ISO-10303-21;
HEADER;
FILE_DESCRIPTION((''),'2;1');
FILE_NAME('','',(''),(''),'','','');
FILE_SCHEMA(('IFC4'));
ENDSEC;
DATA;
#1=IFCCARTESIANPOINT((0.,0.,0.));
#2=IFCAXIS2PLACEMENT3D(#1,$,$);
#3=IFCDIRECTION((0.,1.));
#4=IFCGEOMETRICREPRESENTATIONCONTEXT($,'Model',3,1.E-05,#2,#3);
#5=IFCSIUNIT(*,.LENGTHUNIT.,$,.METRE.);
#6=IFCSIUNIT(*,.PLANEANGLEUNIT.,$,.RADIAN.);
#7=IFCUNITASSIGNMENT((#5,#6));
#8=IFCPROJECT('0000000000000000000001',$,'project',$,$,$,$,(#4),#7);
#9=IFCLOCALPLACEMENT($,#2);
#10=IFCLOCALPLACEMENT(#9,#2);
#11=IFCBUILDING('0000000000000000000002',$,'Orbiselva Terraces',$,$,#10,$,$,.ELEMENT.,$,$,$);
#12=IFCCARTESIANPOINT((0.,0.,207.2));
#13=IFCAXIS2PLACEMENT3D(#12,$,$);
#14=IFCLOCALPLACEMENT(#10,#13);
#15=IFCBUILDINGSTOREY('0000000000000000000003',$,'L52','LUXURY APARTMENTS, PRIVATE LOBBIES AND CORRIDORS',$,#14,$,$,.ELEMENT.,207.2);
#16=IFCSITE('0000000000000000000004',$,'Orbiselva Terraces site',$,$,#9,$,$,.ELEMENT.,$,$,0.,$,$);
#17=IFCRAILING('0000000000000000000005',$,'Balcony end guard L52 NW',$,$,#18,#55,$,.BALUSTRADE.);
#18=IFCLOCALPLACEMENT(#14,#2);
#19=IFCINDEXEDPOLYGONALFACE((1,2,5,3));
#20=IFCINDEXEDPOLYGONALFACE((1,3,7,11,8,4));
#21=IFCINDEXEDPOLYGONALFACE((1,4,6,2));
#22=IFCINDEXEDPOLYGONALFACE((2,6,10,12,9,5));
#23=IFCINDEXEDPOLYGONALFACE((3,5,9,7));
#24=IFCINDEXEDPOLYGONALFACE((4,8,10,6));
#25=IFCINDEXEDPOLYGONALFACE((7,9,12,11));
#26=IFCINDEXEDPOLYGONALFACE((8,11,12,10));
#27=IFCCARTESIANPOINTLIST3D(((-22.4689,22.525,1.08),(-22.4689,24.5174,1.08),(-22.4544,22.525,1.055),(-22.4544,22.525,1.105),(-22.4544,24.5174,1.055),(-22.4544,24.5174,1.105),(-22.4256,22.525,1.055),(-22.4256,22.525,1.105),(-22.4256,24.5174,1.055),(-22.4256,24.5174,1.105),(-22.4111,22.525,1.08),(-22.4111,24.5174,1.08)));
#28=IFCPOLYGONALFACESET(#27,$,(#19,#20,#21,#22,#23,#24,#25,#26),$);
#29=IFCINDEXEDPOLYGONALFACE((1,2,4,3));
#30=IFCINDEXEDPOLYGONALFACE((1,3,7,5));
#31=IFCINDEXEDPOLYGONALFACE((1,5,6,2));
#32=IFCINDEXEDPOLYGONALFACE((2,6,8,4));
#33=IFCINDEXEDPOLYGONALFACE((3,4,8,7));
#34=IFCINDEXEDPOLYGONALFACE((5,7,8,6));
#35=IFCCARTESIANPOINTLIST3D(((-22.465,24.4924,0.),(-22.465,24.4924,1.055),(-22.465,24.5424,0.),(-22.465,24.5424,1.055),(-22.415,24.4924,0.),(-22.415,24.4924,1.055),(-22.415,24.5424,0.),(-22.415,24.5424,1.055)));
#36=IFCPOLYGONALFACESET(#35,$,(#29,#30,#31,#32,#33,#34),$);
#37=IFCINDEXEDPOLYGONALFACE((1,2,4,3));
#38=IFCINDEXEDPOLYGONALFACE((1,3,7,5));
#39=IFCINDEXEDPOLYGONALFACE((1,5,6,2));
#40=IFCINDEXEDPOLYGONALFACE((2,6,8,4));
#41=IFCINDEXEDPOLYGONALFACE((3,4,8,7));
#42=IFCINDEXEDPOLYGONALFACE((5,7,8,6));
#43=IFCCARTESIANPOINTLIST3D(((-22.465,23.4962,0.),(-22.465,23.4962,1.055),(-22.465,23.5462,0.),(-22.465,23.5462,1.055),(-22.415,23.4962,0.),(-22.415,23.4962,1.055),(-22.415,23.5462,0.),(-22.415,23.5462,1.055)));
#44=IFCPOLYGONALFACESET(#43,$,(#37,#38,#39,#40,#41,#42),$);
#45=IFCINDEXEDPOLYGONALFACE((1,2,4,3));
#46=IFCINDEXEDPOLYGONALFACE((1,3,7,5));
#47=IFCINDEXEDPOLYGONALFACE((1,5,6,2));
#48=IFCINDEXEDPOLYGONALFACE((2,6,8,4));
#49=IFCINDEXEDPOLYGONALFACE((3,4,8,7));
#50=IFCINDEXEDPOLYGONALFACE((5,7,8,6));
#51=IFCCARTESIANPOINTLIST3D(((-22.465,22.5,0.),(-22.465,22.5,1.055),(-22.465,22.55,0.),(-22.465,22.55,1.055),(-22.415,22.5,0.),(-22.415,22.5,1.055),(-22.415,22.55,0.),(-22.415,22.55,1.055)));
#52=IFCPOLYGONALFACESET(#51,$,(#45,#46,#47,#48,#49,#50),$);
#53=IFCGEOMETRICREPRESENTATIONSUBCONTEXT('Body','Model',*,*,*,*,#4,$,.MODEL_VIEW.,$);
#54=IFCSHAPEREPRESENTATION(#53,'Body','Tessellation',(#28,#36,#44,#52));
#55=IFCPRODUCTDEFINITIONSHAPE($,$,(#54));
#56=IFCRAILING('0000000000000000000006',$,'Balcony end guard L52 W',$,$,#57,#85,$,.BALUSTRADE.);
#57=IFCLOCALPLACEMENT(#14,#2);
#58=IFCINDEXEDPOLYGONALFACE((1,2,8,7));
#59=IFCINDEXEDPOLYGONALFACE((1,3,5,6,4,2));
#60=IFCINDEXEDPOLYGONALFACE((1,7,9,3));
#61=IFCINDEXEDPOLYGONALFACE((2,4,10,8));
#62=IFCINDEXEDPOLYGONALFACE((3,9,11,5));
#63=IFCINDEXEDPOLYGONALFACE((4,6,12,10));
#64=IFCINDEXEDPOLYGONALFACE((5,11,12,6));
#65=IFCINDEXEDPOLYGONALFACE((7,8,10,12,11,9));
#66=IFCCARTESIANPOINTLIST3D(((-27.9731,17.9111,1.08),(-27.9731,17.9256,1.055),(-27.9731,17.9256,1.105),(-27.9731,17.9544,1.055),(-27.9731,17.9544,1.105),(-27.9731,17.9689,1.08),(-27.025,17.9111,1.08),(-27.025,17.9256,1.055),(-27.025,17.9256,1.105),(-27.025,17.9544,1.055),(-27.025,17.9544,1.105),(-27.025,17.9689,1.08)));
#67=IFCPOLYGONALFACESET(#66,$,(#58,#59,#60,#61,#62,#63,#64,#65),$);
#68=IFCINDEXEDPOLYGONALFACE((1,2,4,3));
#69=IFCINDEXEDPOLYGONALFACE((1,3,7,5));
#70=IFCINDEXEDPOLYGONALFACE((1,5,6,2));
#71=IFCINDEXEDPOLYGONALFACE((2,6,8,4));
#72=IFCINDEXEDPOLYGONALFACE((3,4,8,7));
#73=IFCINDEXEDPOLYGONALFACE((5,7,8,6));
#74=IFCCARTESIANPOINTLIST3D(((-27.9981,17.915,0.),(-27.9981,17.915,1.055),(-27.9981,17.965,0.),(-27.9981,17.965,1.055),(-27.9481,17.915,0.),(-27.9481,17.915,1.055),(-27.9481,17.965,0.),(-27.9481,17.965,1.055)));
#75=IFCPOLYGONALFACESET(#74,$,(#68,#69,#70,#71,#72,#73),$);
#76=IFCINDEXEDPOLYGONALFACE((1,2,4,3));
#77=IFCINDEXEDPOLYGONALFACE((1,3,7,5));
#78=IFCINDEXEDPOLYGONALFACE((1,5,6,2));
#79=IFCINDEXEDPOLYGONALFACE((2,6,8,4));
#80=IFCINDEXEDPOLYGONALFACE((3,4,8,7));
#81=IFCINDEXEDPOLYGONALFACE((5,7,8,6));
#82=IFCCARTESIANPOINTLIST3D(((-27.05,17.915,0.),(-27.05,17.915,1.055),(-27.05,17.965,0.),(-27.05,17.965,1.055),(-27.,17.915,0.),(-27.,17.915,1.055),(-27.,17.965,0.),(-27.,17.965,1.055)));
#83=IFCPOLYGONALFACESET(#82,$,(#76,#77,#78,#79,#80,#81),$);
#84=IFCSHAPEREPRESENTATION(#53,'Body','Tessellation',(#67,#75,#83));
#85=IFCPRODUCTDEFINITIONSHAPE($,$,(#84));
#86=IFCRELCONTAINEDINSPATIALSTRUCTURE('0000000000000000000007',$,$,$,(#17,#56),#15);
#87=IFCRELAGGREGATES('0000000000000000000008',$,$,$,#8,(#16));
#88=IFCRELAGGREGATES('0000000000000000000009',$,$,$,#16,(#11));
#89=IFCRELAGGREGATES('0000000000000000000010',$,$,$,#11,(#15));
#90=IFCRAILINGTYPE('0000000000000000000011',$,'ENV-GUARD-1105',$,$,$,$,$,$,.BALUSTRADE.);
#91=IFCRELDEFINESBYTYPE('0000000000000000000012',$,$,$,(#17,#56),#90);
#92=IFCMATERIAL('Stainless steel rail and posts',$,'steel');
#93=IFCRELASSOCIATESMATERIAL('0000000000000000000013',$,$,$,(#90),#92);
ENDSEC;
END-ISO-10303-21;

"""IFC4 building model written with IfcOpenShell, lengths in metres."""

from ifc_helpers import new_model, si_unit, direction, frame, origin, origin_2d, place, context, subcontext, project, spatial, polyline, rectangle, outline, extrude, material, type_object, element, save


model = new_model("IFC4")

# Units and contexts
model_context = context("Model", 3, precision=1e-05, world=origin(), true_north=direction((0.0, 1.0)))
body_context = subcontext(model_context, "Body", "Model", "MODEL_VIEW")
ifc_project = project(units=[si_unit("LENGTHUNIT", "METRE"), si_unit("PLANEANGLEUNIT", "RADIAN")], contexts=[model_context])

# Site, building, storey
site_placement = place(None, origin())
site = spatial("IfcSite", under=ifc_project, at=site_placement, Name="Orbiselva Terraces site", CompositionType="ELEMENT", RefElevation=0.0)
building_placement = place(site_placement, origin())
building = spatial("IfcBuilding", under=site, at=building_placement, Name="Orbiselva Terraces", CompositionType="ELEMENT")
storey_placement = place(building_placement, frame((0.0, 0.0, 207.2)))
storey = spatial("IfcBuildingStorey", under=building, at=storey_placement, Name="L52", Description="LUXURY APARTMENTS, PRIVATE LOBBIES AND CORRIDORS", CompositionType="ELEMENT", Elevation=207.2)

# Railings
ifc_material_1 = material(Name="Stainless steel rail and posts", Category="steel")
railing_type_1 = type_object("IfcRailingType", Name="ENV-GUARD-1105", PredefinedType="BALUSTRADE", material=ifc_material_1)
railing_1_placement = place(storey_placement, frame((-22.44, 24.5174, 0.0)))
element("IfcRailing", 1, at=railing_1_placement, inside=storey, type_object=railing_type_1, Name="Balcony end guard L52 NW", PredefinedType="BALUSTRADE", context=body_context, shape_type="SweptSolid", body=[
    extrude(outline(polyline([(0.0289, 0.0), (0.0144, 0.025), (-0.0144, 0.025), (-0.0289, 0.0), (-0.0144, -0.025), (0.0144, -0.025), (0.0289, 0.0)])), frame((0.0, 0.0, 1.08), z_axis=(0.0, -1.0, 0.0), x_axis=(1.0, 0.0, 0.0)), (0.0, 0.0, 1.0), 1.9924),
    extrude(rectangle(XDim=0.05, YDim=0.05, at=origin_2d()), origin(), (0.0, 0.0, 1.0), 1.055),
    extrude(rectangle(XDim=0.05, YDim=0.05, at=origin_2d()), frame((0.0, -0.9962, 0.0)), (0.0, 0.0, 1.0), 1.055),
    extrude(rectangle(XDim=0.05, YDim=0.05, at=origin_2d()), frame((0.0, -1.9924, 0.0)), (0.0, 0.0, 1.0), 1.055),
])
railing_2_placement = place(storey_placement, frame((-27.9731, 17.94, 0.0)))
element("IfcRailing", 2, at=railing_2_placement, inside=storey, type_object=railing_type_1, Name="Balcony end guard L52 W", PredefinedType="BALUSTRADE", context=body_context, shape_type="SweptSolid", body=[
    extrude(outline(polyline([(0.0289, 0.0), (0.0144, 0.025), (-0.0144, 0.025), (-0.0289, 0.0), (-0.0144, -0.025), (0.0144, -0.025), (0.0289, 0.0)])), frame((0.0, 0.0, 1.08), z_axis=(1.0, 0.0, 0.0), x_axis=(0.0, 1.0, 0.0)), (0.0, 0.0, 1.0), 0.9481),
    extrude(rectangle(XDim=0.05, YDim=0.05, at=origin_2d()), origin(), (0.0, 0.0, 1.0), 1.055),
    extrude(rectangle(XDim=0.05, YDim=0.05, at=origin_2d()), frame((0.9481, 0.0, 0.0)), (0.0, 0.0, 1.0), 1.055),
])

save(model, "model.ifc")
